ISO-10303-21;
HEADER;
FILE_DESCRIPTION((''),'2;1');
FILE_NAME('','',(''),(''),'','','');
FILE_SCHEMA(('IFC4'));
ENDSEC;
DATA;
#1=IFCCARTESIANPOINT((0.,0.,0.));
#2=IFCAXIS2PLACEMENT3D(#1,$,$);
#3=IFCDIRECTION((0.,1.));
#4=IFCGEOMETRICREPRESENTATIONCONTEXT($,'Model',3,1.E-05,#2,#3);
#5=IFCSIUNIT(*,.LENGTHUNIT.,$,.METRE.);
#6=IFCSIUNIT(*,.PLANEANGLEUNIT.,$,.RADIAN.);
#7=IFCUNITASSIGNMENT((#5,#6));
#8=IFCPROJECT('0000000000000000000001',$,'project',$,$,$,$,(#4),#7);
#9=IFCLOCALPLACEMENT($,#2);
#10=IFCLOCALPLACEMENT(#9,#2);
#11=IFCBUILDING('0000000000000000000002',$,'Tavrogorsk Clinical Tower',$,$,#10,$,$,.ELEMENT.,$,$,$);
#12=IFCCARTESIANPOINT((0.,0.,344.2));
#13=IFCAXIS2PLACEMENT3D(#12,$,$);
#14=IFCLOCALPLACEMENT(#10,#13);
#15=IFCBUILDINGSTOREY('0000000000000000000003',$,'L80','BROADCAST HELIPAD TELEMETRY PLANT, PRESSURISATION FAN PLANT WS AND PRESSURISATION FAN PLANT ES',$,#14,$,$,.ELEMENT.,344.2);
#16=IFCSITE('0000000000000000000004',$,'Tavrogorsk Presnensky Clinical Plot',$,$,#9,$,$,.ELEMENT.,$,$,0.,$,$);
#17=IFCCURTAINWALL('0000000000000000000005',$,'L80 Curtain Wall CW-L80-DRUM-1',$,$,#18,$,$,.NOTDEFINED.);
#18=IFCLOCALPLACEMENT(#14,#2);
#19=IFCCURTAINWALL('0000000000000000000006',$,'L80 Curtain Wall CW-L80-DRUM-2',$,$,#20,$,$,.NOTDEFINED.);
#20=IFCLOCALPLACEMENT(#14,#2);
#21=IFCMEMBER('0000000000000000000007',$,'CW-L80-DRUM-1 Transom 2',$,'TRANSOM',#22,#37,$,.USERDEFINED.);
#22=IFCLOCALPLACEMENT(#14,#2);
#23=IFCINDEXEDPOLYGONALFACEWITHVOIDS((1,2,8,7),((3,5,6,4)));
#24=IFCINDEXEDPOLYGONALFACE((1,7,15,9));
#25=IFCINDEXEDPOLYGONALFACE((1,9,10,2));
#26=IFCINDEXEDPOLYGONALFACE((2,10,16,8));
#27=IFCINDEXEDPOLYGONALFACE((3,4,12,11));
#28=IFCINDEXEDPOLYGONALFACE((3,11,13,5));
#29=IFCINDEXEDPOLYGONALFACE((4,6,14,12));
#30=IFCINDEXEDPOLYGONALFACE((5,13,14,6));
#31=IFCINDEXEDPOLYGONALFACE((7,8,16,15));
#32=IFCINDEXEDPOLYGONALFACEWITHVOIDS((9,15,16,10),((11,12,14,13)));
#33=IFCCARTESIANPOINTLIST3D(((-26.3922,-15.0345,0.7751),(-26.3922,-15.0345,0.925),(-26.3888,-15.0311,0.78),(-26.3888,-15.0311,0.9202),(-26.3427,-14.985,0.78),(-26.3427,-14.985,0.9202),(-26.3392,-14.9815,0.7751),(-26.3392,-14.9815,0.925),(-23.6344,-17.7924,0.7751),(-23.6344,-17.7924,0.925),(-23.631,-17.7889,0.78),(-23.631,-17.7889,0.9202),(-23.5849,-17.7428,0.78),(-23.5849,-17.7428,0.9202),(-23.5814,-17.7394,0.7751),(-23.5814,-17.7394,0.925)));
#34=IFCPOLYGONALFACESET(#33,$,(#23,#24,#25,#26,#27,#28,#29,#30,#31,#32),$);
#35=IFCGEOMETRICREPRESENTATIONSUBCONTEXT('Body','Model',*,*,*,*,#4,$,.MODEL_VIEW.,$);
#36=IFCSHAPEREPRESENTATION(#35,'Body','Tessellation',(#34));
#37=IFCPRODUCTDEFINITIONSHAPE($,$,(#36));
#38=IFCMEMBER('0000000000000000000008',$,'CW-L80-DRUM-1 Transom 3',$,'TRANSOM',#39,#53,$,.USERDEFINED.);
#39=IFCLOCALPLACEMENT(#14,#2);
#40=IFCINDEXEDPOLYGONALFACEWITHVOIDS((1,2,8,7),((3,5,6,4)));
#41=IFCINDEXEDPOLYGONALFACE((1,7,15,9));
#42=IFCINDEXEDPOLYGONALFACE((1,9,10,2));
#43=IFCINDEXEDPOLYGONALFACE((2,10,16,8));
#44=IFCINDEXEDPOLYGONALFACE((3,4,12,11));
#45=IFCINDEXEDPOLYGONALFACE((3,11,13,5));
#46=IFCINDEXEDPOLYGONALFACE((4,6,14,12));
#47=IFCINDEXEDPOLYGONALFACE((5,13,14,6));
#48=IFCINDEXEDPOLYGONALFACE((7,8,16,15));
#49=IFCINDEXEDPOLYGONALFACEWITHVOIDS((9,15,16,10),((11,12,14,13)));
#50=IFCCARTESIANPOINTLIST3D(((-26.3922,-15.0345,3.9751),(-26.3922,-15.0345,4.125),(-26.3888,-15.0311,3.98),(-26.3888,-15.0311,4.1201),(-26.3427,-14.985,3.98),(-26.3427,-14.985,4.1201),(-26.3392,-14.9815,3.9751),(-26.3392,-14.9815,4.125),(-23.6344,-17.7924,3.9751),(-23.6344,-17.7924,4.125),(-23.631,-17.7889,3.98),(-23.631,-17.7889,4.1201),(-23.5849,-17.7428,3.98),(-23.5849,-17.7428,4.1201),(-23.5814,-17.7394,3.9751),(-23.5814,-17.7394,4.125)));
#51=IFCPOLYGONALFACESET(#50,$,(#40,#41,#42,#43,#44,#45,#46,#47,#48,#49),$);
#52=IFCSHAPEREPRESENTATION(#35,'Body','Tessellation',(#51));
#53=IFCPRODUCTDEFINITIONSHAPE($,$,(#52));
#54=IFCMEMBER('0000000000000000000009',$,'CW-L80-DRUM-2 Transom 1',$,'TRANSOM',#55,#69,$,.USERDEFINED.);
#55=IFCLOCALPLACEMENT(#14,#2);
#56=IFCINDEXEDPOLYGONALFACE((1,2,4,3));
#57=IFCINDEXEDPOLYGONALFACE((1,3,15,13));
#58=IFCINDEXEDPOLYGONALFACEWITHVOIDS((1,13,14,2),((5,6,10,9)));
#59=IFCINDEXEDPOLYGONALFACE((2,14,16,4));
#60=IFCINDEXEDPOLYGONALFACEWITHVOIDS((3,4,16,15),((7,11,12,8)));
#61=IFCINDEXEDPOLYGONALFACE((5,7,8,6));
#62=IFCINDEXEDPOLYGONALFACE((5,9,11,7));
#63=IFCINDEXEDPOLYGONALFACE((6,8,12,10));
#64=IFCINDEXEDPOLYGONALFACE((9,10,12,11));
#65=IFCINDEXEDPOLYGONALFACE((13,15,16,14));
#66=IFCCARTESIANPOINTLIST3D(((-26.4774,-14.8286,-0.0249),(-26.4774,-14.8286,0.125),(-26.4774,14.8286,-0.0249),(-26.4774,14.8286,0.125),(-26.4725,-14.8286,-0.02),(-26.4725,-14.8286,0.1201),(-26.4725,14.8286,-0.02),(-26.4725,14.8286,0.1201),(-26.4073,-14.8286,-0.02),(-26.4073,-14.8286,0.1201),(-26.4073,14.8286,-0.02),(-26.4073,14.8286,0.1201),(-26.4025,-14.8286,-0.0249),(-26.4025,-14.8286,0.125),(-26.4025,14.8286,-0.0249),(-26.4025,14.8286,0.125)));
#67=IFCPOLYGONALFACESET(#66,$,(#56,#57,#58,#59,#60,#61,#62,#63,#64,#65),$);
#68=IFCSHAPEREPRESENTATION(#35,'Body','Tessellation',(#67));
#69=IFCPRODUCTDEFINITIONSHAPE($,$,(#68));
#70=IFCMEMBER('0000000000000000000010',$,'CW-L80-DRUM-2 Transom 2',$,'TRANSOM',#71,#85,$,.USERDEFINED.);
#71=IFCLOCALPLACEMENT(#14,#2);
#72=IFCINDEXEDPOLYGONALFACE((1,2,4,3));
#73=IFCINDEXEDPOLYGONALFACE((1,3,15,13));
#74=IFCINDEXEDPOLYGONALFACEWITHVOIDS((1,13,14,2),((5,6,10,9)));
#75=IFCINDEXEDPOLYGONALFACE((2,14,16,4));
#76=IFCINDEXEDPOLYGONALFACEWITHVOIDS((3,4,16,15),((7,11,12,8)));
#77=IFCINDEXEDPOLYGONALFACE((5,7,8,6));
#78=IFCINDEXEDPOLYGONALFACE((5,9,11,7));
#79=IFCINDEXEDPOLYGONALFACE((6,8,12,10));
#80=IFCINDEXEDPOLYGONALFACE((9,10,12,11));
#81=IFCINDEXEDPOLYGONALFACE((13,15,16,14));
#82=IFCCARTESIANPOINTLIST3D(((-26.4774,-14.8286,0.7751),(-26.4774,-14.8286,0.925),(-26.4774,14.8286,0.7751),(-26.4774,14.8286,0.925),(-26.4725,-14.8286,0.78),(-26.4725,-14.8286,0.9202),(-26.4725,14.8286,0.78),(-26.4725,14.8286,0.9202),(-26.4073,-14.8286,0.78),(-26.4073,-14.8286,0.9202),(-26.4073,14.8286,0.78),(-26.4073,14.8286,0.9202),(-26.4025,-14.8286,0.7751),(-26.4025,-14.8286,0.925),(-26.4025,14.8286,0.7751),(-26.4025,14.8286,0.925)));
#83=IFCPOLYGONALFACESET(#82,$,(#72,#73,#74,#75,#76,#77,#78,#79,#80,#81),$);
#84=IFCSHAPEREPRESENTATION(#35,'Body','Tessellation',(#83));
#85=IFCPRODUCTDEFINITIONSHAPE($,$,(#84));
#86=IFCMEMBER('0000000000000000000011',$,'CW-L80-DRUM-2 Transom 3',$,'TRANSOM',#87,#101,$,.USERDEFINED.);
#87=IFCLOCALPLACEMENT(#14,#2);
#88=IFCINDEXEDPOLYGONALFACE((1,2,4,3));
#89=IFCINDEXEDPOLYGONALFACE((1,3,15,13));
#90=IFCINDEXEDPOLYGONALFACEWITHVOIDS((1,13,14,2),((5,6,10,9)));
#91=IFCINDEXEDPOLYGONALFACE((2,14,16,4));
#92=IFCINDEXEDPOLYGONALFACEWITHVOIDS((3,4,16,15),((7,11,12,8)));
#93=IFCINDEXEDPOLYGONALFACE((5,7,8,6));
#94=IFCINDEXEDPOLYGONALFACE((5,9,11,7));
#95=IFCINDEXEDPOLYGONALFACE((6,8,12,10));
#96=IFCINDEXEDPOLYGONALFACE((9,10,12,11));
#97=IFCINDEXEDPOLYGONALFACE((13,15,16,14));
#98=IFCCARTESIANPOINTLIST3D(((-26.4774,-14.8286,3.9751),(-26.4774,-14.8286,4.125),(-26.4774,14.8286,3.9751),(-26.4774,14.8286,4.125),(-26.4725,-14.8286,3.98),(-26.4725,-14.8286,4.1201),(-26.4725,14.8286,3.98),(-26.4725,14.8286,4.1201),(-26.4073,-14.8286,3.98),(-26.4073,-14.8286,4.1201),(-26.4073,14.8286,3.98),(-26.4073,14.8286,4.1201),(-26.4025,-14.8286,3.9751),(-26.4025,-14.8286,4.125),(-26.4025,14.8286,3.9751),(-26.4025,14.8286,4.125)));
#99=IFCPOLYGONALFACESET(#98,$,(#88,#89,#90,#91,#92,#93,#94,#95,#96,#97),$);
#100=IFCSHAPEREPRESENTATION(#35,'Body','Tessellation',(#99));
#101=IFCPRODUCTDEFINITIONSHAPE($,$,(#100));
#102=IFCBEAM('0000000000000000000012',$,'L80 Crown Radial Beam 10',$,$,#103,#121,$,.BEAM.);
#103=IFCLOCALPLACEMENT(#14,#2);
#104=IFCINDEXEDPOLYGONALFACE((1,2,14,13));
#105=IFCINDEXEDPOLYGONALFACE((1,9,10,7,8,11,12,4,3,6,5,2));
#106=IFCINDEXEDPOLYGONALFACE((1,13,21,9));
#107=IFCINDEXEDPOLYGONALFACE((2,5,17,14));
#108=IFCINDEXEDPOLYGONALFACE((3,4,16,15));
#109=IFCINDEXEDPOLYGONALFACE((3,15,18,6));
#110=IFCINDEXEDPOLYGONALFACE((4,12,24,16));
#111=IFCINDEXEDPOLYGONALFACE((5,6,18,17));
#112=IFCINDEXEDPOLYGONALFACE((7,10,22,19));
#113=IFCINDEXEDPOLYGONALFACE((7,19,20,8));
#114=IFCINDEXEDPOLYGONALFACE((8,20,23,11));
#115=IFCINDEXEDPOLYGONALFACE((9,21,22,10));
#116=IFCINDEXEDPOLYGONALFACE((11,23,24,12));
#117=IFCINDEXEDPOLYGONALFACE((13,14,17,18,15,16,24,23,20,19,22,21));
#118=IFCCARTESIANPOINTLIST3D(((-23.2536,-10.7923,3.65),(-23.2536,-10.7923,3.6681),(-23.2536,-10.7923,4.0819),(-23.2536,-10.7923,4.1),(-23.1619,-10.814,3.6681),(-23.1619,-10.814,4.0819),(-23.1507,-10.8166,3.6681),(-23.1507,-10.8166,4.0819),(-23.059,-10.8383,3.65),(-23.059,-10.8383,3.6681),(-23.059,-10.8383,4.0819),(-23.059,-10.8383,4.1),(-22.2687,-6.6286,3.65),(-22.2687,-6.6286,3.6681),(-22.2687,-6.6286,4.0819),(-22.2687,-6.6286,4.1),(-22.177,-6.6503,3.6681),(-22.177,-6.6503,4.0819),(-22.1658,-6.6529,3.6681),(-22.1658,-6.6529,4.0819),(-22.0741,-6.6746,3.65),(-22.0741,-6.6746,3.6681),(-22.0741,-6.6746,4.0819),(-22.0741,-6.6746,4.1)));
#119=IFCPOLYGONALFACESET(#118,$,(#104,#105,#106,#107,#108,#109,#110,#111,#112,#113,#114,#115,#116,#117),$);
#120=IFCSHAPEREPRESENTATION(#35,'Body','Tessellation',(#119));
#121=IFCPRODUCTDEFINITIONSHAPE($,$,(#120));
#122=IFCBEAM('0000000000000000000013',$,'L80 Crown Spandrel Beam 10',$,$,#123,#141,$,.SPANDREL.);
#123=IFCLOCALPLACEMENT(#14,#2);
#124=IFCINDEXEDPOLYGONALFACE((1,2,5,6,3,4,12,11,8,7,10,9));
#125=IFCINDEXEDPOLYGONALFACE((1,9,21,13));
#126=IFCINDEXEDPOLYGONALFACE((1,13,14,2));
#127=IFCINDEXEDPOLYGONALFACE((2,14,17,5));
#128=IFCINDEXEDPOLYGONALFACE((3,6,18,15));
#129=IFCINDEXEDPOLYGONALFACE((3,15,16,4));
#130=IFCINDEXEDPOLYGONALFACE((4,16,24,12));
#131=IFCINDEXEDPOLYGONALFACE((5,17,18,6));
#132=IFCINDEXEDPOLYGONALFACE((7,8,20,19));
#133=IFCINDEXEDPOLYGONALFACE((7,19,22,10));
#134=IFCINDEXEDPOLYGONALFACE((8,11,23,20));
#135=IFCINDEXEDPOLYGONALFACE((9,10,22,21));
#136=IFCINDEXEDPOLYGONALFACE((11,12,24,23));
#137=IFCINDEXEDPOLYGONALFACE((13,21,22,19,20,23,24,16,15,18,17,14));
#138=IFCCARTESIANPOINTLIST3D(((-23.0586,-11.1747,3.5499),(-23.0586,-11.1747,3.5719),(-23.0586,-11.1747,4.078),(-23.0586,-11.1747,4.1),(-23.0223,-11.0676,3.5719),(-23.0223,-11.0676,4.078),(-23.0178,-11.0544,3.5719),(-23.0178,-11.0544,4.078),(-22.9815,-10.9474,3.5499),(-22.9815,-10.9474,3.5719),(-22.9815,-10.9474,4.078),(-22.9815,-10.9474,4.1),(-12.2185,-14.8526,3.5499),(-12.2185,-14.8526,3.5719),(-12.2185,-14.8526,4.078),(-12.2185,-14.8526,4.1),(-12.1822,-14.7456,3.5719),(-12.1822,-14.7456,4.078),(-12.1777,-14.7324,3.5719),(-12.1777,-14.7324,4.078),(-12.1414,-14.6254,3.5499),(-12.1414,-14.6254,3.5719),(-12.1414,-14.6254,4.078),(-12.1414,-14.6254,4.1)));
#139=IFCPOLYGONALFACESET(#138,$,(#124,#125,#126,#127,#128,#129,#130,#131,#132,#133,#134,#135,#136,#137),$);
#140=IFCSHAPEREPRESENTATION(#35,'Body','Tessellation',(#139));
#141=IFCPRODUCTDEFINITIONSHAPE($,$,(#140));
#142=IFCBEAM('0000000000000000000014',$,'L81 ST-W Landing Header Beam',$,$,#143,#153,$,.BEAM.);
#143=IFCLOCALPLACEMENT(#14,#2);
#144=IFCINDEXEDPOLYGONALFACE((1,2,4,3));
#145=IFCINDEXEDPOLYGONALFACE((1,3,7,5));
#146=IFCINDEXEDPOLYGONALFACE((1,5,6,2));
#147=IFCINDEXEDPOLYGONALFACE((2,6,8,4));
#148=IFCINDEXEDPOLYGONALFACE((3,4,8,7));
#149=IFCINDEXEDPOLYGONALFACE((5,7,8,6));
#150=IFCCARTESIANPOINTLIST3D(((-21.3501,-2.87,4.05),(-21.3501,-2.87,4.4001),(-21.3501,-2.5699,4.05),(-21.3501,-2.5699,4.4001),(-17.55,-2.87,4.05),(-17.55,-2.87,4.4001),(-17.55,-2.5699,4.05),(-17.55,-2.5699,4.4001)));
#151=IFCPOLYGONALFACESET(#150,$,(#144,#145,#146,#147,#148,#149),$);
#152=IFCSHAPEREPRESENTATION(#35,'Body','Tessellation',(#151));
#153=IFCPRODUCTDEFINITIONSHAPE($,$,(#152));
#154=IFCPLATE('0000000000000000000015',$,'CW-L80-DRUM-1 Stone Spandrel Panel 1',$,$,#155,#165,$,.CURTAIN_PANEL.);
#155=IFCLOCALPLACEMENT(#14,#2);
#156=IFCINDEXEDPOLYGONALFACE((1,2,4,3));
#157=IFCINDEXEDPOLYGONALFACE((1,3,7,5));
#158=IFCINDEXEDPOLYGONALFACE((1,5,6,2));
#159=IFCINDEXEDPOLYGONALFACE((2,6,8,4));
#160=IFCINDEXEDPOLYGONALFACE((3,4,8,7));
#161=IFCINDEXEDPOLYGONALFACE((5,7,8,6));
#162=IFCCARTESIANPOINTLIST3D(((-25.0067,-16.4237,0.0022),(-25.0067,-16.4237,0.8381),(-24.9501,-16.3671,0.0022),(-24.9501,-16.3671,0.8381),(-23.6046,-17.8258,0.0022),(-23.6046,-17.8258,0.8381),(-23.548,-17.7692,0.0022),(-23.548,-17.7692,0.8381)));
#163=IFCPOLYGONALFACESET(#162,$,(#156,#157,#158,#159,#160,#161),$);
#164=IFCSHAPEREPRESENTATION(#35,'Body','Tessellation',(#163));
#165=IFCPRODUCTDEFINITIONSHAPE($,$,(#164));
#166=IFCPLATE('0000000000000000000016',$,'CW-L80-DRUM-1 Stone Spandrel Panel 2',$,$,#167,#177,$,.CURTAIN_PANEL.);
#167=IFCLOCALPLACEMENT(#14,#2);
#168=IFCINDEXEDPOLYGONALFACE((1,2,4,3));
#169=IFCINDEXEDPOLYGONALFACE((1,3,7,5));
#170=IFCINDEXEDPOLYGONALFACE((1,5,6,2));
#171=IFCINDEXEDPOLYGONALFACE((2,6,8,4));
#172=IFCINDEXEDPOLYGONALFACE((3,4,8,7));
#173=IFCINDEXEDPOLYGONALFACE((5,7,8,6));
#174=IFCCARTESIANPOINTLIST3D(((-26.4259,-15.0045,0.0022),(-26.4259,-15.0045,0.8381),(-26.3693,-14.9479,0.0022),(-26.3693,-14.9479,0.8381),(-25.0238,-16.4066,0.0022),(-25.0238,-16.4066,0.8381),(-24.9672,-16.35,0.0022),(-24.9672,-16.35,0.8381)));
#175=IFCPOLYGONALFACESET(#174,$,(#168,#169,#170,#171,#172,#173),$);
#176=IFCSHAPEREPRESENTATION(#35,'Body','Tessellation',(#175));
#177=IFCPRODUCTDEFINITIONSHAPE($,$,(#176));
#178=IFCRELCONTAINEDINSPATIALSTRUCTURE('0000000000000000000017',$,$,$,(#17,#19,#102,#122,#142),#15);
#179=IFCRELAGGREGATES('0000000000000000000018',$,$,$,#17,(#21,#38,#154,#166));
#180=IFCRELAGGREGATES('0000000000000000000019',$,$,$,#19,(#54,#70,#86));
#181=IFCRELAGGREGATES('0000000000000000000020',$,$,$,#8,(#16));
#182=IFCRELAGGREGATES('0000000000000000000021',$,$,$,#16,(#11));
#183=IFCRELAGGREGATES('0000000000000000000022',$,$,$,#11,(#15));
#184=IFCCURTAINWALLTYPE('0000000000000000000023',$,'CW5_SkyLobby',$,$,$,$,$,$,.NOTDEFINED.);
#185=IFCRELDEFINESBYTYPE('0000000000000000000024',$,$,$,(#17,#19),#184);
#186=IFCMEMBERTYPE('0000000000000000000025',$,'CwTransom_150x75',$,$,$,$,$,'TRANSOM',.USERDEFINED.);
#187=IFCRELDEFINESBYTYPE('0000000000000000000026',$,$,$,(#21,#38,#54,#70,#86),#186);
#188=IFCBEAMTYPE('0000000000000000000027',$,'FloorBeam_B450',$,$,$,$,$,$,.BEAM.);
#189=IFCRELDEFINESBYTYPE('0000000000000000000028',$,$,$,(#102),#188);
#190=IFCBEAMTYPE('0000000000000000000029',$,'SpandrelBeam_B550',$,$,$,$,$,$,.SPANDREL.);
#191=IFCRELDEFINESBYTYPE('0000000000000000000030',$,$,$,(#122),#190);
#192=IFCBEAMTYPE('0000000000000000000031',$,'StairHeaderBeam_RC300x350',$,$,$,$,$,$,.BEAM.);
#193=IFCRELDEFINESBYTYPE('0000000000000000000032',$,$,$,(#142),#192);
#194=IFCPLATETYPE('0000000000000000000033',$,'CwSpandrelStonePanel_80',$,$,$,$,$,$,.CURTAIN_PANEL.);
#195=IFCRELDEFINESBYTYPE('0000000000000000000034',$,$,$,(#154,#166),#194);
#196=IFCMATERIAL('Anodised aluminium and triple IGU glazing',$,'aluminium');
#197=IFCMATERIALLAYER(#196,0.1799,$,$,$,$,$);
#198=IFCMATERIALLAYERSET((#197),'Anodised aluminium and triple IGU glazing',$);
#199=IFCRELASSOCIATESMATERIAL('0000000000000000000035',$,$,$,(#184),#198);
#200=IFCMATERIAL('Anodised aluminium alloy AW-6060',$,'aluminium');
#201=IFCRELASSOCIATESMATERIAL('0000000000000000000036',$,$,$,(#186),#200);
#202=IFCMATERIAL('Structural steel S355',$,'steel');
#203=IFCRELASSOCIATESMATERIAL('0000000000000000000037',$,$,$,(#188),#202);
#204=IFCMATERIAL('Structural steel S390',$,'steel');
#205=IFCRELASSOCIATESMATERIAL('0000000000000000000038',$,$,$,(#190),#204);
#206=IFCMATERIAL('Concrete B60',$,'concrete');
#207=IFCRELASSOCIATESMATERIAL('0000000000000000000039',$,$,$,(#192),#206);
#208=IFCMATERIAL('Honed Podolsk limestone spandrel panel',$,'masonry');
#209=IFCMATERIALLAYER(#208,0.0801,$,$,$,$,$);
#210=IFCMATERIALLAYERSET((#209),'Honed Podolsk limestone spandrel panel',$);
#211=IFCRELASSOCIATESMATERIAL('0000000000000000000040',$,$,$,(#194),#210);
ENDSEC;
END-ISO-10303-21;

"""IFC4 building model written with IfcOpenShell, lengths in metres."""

from ifc_helpers import new_model, si_unit, direction, frame, origin, origin_2d, place, context, subcontext, project, spatial, rectangle, hollow_rectangle, i_section, extrude, material, layer, layer_set, material_profile, profile_set, type_object, element, aggregate, save


model = new_model("IFC4")

# Units and contexts
model_context = context("Model", 3, precision=1e-05, world=origin(), true_north=direction((0.0, 1.0)))
body_context = subcontext(model_context, "Body", "Model", "MODEL_VIEW")
ifc_project = project(units=[si_unit("LENGTHUNIT", "METRE"), si_unit("PLANEANGLEUNIT", "RADIAN")], contexts=[model_context])

# Site, building, storey
site_placement = place(None, origin())
site = spatial("IfcSite", under=ifc_project, at=site_placement, Name="Tavrogorsk Presnensky Clinical Plot", CompositionType="ELEMENT", RefElevation=0.0)
building_placement = place(site_placement, origin())
building = spatial("IfcBuilding", under=site, at=building_placement, Name="Tavrogorsk Clinical Tower", CompositionType="ELEMENT")
storey_placement = place(building_placement, frame((0.0, 0.0, 344.2)))
storey = spatial("IfcBuildingStorey", under=building, at=storey_placement, Name="L80", Description="BROADCAST HELIPAD TELEMETRY PLANT, PRESSURISATION FAN PLANT WS AND PRESSURISATION FAN PLANT ES", CompositionType="ELEMENT", Elevation=344.2)

# Curtain walls
ifc_material_1 = material(Name="Anodised aluminium and triple IGU glazing", Category="aluminium")
ifc_layer_1 = layer(ifc_material_1, 0.1799)
ifc_layer_set_1 = layer_set([ifc_layer_1], Name="Anodised aluminium and triple IGU glazing")
curtain_wall_type = type_object("IfcCurtainWallType", Name="CW5_SkyLobby", PredefinedType="NOTDEFINED", material=ifc_layer_set_1)
curtain_wall_1_placement = place(storey_placement, origin())
curtain_wall_1 = element("IfcCurtainWall", 1, at=curtain_wall_1_placement, inside=storey, type_object=curtain_wall_type, Name="L80 Curtain Wall CW-L80-DRUM-1", PredefinedType="NOTDEFINED")
curtain_wall_2_placement = place(storey_placement, origin())
curtain_wall_2 = element("IfcCurtainWall", 2, at=curtain_wall_2_placement, inside=storey, type_object=curtain_wall_type, Name="L80 Curtain Wall CW-L80-DRUM-2", PredefinedType="NOTDEFINED")

# Members
ifc_material_2 = material(Name="Anodised aluminium alloy AW-6060", Category="aluminium")
ifc_material_profile_1 = material_profile(ifc_material_2, hollow_rectangle(XDim=0.075, YDim=0.1499, WallThickness=0.0049, at=origin_2d()), Name="RHS-150x75x5")
ifc_profile_set_1 = profile_set([ifc_material_profile_1], Name="Anodised aluminium alloy AW-6060")
member_type_1 = type_object("IfcMemberType", Name="CwTransom_150x75", ElementType="TRANSOM", PredefinedType="USERDEFINED", material=ifc_profile_set_1)
member_1_placement = place(storey_placement, frame((-23.6079, -17.7659, 0.8501), z_axis=(-0.707107, 0.707107, 0.0), x_axis=(-0.707107, -0.707107, 0.0)))
member_1 = element("IfcMember", 3, at=member_1_placement, type_object=member_type_1, Name="CW-L80-DRUM-1 Transom 2", ObjectType="TRANSOM", PredefinedType="USERDEFINED", context=body_context, shape_type="SweptSolid", body=[
    extrude(hollow_rectangle(XDim=0.075, YDim=0.1499, WallThickness=0.0049, at=origin_2d()), origin(), (0.0, 0.0, 1.0), 3.9001),
])
member_2_placement = place(storey_placement, frame((-23.6079, -17.7659, 4.05), z_axis=(-0.707107, 0.707107, 0.0), x_axis=(-0.707107, -0.707107, 0.0)))
member_2 = element("IfcMember", 4, at=member_2_placement, type_object=member_type_1, Name="CW-L80-DRUM-1 Transom 3", ObjectType="TRANSOM", PredefinedType="USERDEFINED", context=body_context, shape_type="SweptSolid", body=[
    extrude(hollow_rectangle(XDim=0.075, YDim=0.1499, WallThickness=0.0049, at=origin_2d()), origin(), (0.0, 0.0, 1.0), 3.9001),
])
member_3_placement = place(storey_placement, frame((-26.4399, -14.8286, 0.05), z_axis=(0.0, 1.0, 0.0), x_axis=(-1.0, 0.0, 0.0)))
member_3 = element("IfcMember", 5, at=member_3_placement, type_object=member_type_1, Name="CW-L80-DRUM-2 Transom 1", ObjectType="TRANSOM", PredefinedType="USERDEFINED", context=body_context, shape_type="SweptSolid", body=[
    extrude(hollow_rectangle(XDim=0.075, YDim=0.1499, WallThickness=0.0049, at=origin_2d()), origin(), (0.0, 0.0, 1.0), 29.6572),
])
member_4_placement = place(storey_placement, frame((-26.4399, -14.8286, 0.8501), z_axis=(0.0, 1.0, 0.0), x_axis=(-1.0, 0.0, 0.0)))
member_4 = element("IfcMember", 6, at=member_4_placement, type_object=member_type_1, Name="CW-L80-DRUM-2 Transom 2", ObjectType="TRANSOM", PredefinedType="USERDEFINED", context=body_context, shape_type="SweptSolid", body=[
    extrude(hollow_rectangle(XDim=0.075, YDim=0.1499, WallThickness=0.0049, at=origin_2d()), origin(), (0.0, 0.0, 1.0), 29.6572),
])
member_5_placement = place(storey_placement, frame((-26.4399, -14.8286, 4.05), z_axis=(0.0, 1.0, 0.0), x_axis=(-1.0, 0.0, 0.0)))
member_5 = element("IfcMember", 7, at=member_5_placement, type_object=member_type_1, Name="CW-L80-DRUM-2 Transom 3", ObjectType="TRANSOM", PredefinedType="USERDEFINED", context=body_context, shape_type="SweptSolid", body=[
    extrude(hollow_rectangle(XDim=0.075, YDim=0.1499, WallThickness=0.0049, at=origin_2d()), origin(), (0.0, 0.0, 1.0), 29.6572),
])

# Beams
ifc_material_3 = material(Name="Structural steel S355", Category="steel")
ifc_material_profile_2 = material_profile(ifc_material_3, i_section(OverallWidth=0.2, OverallDepth=0.45, WebThickness=0.0115, FlangeThickness=0.0181, at=origin_2d()), Name="B-450x200x11.5x18")
ifc_profile_set_2 = profile_set([ifc_material_profile_2], Name="Structural steel S355")
beam_type_1 = type_object("IfcBeamType", Name="FloorBeam_B450", PredefinedType="BEAM", material=ifc_profile_set_2)
beam_1_placement = place(storey_placement, frame((-22.1714, -6.6516, 3.875), z_axis=(-0.230191, -0.973146, 0.0), x_axis=(0.973146, -0.230191, 0.0)))
element("IfcBeam", 8, at=beam_1_placement, inside=storey, type_object=beam_type_1, Name="L80 Crown Radial Beam 10", PredefinedType="BEAM", context=body_context, shape_type="SweptSolid", body=[
    extrude(i_section(OverallWidth=0.2, OverallDepth=0.45, WebThickness=0.0115, FlangeThickness=0.0181, at=origin_2d()), origin(), (0.0, 0.0, 1.0), 4.2786),
])
ifc_material_4 = material(Name="Structural steel S390", Category="steel")
ifc_material_profile_3 = material_profile(ifc_material_4, i_section(OverallWidth=0.24, OverallDepth=0.55, WebThickness=0.0139, FlangeThickness=0.022, at=origin_2d()), Name="B-550x240x14x22")
ifc_profile_set_3 = profile_set([ifc_material_profile_3], Name="Structural steel S390")
beam_type_2 = type_object("IfcBeamType", Name="SpandrelBeam_B550", PredefinedType="SPANDREL", material=ifc_profile_set_3)
beam_2_placement = place(storey_placement, frame((-23.02, -11.061, 3.825), z_axis=(0.946976, -0.321304, 0.0), x_axis=(0.321304, 0.946976, 0.0)))
element("IfcBeam", 9, at=beam_2_placement, inside=storey, type_object=beam_type_2, Name="L80 Crown Spandrel Beam 10", PredefinedType="SPANDREL", context=body_context, shape_type="SweptSolid", body=[
    extrude(i_section(OverallWidth=0.24, OverallDepth=0.55, WebThickness=0.0139, FlangeThickness=0.022, at=origin_2d()), origin(), (0.0, 0.0, 1.0), 11.447),
])
ifc_material_5 = material(Name="Concrete B60", Category="concrete")
ifc_material_profile_4 = material_profile(ifc_material_5, rectangle(XDim=0.3, YDim=0.3501, at=origin_2d()), Name="RC-SHB-300x350")
ifc_profile_set_4 = profile_set([ifc_material_profile_4], Name="Concrete B60")
beam_type_3 = type_object("IfcBeamType", Name="StairHeaderBeam_RC300x350", PredefinedType="BEAM", material=ifc_profile_set_4)
beam_3_placement = place(storey_placement, frame((-21.3501, -2.72, 4.2251), z_axis=(1.0, 0.0, 0.0), x_axis=(0.0, 1.0, 0.0)))
element("IfcBeam", 10, at=beam_3_placement, inside=storey, type_object=beam_type_3, Name="L81 ST-W Landing Header Beam", PredefinedType="BEAM", context=body_context, shape_type="SweptSolid", body=[
    extrude(rectangle(XDim=0.3, YDim=0.3501, at=origin_2d()), origin(), (0.0, 0.0, 1.0), 3.8),
])

# Plates
ifc_material_6 = material(Name="Honed Podolsk limestone spandrel panel", Category="masonry")
ifc_layer_2 = layer(ifc_material_6, 0.0801)
ifc_layer_set_2 = layer_set([ifc_layer_2], Name="Honed Podolsk limestone spandrel panel")
plate_type_1 = type_object("IfcPlateType", Name="CwSpandrelStonePanel_80", PredefinedType="CURTAIN_PANEL", material=ifc_layer_set_2)
plate_1_placement = place(storey_placement, frame((-24.2773, -17.0964, 0.0022), z_axis=(0.0, 0.0, 1.0), x_axis=(-0.707107, 0.707107, 0.0)))
plate_1 = element("IfcPlate", 11, at=plate_1_placement, type_object=plate_type_1, Name="CW-L80-DRUM-1 Stone Spandrel Panel 1", PredefinedType="CURTAIN_PANEL", context=body_context, shape_type="SweptSolid", body=[
    extrude(rectangle(XDim=1.9829, YDim=0.0801, at=origin_2d()), origin(), (0.0, 0.0, 1.0), 0.8359),
])
plate_2_placement = place(storey_placement, frame((-25.6965, -15.6772, 0.0022), z_axis=(0.0, 0.0, 1.0), x_axis=(-0.707107, 0.707107, 0.0)))
plate_2 = element("IfcPlate", 12, at=plate_2_placement, type_object=plate_type_1, Name="CW-L80-DRUM-1 Stone Spandrel Panel 2", PredefinedType="CURTAIN_PANEL", context=body_context, shape_type="SweptSolid", body=[
    extrude(rectangle(XDim=1.9829, YDim=0.0801, at=origin_2d()), origin(), (0.0, 0.0, 1.0), 0.8359),
])
aggregate(curtain_wall_1, [member_1, member_2, plate_1, plate_2])
aggregate(curtain_wall_2, [member_3, member_4, member_5])

save(model, "model.ifc")
